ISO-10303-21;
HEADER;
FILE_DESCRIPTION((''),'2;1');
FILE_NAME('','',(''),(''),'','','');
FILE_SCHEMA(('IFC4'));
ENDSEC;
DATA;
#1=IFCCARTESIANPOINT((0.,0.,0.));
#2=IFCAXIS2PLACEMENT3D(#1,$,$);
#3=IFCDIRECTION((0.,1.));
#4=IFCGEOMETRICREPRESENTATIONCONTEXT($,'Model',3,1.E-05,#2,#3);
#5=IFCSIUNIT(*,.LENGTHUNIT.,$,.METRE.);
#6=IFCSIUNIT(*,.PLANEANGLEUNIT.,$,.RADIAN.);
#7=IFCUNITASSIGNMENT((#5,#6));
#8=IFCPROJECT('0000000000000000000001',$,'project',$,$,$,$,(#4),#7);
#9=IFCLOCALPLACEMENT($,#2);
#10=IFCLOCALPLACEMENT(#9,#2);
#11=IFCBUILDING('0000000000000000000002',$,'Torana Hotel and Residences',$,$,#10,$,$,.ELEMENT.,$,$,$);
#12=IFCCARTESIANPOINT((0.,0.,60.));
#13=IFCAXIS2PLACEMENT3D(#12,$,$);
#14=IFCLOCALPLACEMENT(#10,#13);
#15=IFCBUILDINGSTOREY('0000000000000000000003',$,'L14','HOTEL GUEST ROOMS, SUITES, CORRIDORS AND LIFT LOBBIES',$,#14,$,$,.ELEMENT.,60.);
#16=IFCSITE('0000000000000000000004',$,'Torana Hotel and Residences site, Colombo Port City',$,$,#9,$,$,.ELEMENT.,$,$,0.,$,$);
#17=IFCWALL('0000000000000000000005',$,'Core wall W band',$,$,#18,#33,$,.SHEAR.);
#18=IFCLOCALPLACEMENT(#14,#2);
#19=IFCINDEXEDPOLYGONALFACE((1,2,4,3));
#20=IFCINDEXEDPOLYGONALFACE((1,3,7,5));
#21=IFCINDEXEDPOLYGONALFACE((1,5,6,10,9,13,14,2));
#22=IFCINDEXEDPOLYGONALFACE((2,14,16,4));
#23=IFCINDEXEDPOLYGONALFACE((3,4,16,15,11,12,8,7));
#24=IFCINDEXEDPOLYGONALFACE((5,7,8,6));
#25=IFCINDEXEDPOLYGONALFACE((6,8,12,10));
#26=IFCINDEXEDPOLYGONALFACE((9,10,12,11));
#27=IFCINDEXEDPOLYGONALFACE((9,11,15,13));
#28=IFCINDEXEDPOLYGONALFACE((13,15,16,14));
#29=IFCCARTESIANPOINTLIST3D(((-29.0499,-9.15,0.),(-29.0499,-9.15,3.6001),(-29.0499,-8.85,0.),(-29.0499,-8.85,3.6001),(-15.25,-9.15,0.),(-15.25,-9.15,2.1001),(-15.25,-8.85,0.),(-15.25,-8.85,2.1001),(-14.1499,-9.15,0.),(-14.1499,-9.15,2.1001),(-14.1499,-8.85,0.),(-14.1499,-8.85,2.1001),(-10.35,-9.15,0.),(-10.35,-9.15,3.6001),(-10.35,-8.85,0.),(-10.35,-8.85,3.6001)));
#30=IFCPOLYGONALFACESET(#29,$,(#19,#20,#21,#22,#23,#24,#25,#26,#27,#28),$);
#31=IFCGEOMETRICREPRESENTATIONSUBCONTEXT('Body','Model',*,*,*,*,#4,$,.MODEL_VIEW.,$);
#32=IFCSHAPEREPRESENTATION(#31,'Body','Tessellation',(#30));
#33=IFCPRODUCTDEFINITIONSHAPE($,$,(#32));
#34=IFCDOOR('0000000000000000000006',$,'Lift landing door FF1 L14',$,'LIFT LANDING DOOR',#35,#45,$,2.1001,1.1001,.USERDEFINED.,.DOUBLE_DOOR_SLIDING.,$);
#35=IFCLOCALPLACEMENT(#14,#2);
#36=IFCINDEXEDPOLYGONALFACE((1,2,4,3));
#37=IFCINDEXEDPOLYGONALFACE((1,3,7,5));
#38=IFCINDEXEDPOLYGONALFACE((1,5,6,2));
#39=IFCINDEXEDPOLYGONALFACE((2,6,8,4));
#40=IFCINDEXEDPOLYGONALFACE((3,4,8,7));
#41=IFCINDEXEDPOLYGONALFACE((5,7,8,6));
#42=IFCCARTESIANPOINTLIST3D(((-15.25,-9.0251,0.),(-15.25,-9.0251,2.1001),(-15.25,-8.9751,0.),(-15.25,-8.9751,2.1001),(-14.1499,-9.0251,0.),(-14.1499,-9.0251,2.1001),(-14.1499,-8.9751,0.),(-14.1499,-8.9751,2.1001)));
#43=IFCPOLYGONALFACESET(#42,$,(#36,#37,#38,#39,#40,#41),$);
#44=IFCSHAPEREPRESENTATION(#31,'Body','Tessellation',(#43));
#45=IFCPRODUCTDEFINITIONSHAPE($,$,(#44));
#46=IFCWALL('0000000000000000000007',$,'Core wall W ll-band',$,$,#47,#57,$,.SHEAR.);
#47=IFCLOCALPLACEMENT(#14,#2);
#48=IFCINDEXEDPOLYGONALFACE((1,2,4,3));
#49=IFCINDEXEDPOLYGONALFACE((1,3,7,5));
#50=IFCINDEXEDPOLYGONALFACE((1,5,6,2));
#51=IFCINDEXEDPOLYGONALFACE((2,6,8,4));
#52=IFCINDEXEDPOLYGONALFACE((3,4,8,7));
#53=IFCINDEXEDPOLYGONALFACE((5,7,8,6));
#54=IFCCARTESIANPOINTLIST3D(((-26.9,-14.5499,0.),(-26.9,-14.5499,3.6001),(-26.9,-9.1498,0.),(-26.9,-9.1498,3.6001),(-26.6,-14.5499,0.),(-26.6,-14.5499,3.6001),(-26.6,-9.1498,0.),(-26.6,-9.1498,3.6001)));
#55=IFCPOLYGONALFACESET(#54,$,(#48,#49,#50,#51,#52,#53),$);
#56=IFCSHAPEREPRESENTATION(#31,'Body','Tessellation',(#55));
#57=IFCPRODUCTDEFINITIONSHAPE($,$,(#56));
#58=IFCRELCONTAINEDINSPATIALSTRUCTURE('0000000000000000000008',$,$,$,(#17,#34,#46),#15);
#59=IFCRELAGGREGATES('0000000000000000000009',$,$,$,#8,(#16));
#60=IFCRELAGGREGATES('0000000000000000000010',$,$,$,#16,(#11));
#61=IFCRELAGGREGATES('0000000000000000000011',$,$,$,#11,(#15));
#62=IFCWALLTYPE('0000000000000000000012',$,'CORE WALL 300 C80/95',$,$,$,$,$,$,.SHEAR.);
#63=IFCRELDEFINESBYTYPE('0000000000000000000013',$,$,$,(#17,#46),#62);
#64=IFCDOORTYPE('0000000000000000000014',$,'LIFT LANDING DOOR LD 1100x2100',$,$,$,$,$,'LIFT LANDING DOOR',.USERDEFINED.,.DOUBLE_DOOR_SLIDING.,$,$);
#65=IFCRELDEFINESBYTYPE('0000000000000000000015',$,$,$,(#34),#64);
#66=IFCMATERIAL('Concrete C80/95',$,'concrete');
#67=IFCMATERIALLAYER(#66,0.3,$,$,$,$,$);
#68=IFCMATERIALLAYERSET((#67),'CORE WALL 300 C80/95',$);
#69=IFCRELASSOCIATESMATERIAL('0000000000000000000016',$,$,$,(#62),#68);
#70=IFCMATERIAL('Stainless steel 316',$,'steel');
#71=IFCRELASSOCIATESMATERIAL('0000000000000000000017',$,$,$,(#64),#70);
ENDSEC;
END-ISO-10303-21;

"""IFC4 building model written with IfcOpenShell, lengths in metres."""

from ifc_helpers import new_model, si_unit, direction, frame, frame_2d, origin, place, context, subcontext, project, spatial, rectangle, extrude, material, layer, layer_set, type_object, element, fill, save


model = new_model("IFC4")

# Units and contexts
model_context = context("Model", 3, precision=1e-05, world=origin(), true_north=direction((0.0, 1.0)))
body_context = subcontext(model_context, "Body", "Model", "MODEL_VIEW")
ifc_project = project(units=[si_unit("LENGTHUNIT", "METRE"), si_unit("PLANEANGLEUNIT", "RADIAN")], contexts=[model_context])

# Site, building, storey
site_placement = place(None, origin())
site = spatial("IfcSite", under=ifc_project, at=site_placement, Name="Torana Hotel and Residences site, Colombo Port City", CompositionType="ELEMENT", RefElevation=0.0)
building_placement = place(site_placement, origin())
building = spatial("IfcBuilding", under=site, at=building_placement, Name="Torana Hotel and Residences", CompositionType="ELEMENT")
storey_placement = place(building_placement, frame((0.0, 0.0, 60.0)))
storey = spatial("IfcBuildingStorey", under=building, at=storey_placement, Name="L14", Description="HOTEL GUEST ROOMS, SUITES, CORRIDORS AND LIFT LOBBIES", CompositionType="ELEMENT", Elevation=60.0)

# Wall, opening, door
ifc_material_1 = material(Name="Concrete C80/95", Category="concrete")
ifc_layer_1 = layer(ifc_material_1, 0.3)
ifc_layer_set_1 = layer_set([ifc_layer_1], Name="CORE WALL 300 C80/95")
wall_type_1 = type_object("IfcWallType", Name="CORE WALL 300 C80/95", PredefinedType="SHEAR", material=ifc_layer_set_1)
wall_1_placement = place(storey_placement, frame((-29.05, -9.0, 0.0), z_axis=(0.0, 0.0, 1.0), x_axis=(1.0, 0.0, 0.0)))
wall_1 = element("IfcWall", 1, at=wall_1_placement, inside=storey, type_object=wall_type_1, Name="Core wall W band", PredefinedType="SHEAR", context=body_context, shape_type="SweptSolid", body=[
    extrude(rectangle(XDim=18.7, YDim=0.3, at=frame_2d((9.3501, 0.0))), origin(), (0.0, 0.0, 1.0), 3.6001),
])
opening_1_placement = place(wall_1_placement, frame((13.8, 0.0, 0.0)))
opening_1 = element("IfcOpeningElement", 2, at=opening_1_placement, cuts=wall_1, PredefinedType="OPENING", context=body_context, shape_type="SweptSolid", body=[
    extrude(rectangle(XDim=1.1001, YDim=2.1001, at=frame_2d((0.55, 1.05))), frame((0.0, 0.1599, 0.0), z_axis=(0.0, -1.0, 0.0), x_axis=(1.0, 0.0, 0.0)), (0.0, 0.0, 1.0), 0.3201),
])
ifc_material_2 = material(Name="Stainless steel 316", Category="steel")
door_type_1 = type_object("IfcDoorType", Name="LIFT LANDING DOOR LD 1100x2100", ElementType="LIFT LANDING DOOR", OperationType="DOUBLE_DOOR_SLIDING", PredefinedType="USERDEFINED", material=ifc_material_2)
door_1_placement = place(opening_1_placement, origin())
door_1 = element("IfcDoor", 3, at=door_1_placement, inside=storey, type_object=door_type_1, Name="Lift landing door FF1 L14", ObjectType="LIFT LANDING DOOR", OperationType="DOUBLE_DOOR_SLIDING", OverallHeight=2.1001, OverallWidth=1.1001, PredefinedType="USERDEFINED", context=body_context, shape_type="SweptSolid", body=[
    extrude(rectangle(XDim=1.1001, YDim=2.1001, at=frame_2d((0.55, 1.05))), frame((0.0, 0.0249, 0.0), z_axis=(0.0, -1.0, 0.0), x_axis=(1.0, 0.0, 0.0)), (0.0, 0.0, 1.0), 0.05),
])
fill(opening_1, door_1)

# Wall
wall_2_placement = place(storey_placement, frame((-26.75, -14.55, 0.0), z_axis=(0.0, 0.0, 1.0), x_axis=(0.0, 1.0, 0.0)))
element("IfcWall", 4, at=wall_2_placement, inside=storey, type_object=wall_type_1, Name="Core wall W ll-band", PredefinedType="SHEAR", context=body_context, shape_type="SweptSolid", body=[
    extrude(rectangle(XDim=5.4001, YDim=0.3, at=frame_2d((2.7002, 0.0))), origin(), (0.0, 0.0, 1.0), 3.6001),
])

save(model, "model.ifc")
